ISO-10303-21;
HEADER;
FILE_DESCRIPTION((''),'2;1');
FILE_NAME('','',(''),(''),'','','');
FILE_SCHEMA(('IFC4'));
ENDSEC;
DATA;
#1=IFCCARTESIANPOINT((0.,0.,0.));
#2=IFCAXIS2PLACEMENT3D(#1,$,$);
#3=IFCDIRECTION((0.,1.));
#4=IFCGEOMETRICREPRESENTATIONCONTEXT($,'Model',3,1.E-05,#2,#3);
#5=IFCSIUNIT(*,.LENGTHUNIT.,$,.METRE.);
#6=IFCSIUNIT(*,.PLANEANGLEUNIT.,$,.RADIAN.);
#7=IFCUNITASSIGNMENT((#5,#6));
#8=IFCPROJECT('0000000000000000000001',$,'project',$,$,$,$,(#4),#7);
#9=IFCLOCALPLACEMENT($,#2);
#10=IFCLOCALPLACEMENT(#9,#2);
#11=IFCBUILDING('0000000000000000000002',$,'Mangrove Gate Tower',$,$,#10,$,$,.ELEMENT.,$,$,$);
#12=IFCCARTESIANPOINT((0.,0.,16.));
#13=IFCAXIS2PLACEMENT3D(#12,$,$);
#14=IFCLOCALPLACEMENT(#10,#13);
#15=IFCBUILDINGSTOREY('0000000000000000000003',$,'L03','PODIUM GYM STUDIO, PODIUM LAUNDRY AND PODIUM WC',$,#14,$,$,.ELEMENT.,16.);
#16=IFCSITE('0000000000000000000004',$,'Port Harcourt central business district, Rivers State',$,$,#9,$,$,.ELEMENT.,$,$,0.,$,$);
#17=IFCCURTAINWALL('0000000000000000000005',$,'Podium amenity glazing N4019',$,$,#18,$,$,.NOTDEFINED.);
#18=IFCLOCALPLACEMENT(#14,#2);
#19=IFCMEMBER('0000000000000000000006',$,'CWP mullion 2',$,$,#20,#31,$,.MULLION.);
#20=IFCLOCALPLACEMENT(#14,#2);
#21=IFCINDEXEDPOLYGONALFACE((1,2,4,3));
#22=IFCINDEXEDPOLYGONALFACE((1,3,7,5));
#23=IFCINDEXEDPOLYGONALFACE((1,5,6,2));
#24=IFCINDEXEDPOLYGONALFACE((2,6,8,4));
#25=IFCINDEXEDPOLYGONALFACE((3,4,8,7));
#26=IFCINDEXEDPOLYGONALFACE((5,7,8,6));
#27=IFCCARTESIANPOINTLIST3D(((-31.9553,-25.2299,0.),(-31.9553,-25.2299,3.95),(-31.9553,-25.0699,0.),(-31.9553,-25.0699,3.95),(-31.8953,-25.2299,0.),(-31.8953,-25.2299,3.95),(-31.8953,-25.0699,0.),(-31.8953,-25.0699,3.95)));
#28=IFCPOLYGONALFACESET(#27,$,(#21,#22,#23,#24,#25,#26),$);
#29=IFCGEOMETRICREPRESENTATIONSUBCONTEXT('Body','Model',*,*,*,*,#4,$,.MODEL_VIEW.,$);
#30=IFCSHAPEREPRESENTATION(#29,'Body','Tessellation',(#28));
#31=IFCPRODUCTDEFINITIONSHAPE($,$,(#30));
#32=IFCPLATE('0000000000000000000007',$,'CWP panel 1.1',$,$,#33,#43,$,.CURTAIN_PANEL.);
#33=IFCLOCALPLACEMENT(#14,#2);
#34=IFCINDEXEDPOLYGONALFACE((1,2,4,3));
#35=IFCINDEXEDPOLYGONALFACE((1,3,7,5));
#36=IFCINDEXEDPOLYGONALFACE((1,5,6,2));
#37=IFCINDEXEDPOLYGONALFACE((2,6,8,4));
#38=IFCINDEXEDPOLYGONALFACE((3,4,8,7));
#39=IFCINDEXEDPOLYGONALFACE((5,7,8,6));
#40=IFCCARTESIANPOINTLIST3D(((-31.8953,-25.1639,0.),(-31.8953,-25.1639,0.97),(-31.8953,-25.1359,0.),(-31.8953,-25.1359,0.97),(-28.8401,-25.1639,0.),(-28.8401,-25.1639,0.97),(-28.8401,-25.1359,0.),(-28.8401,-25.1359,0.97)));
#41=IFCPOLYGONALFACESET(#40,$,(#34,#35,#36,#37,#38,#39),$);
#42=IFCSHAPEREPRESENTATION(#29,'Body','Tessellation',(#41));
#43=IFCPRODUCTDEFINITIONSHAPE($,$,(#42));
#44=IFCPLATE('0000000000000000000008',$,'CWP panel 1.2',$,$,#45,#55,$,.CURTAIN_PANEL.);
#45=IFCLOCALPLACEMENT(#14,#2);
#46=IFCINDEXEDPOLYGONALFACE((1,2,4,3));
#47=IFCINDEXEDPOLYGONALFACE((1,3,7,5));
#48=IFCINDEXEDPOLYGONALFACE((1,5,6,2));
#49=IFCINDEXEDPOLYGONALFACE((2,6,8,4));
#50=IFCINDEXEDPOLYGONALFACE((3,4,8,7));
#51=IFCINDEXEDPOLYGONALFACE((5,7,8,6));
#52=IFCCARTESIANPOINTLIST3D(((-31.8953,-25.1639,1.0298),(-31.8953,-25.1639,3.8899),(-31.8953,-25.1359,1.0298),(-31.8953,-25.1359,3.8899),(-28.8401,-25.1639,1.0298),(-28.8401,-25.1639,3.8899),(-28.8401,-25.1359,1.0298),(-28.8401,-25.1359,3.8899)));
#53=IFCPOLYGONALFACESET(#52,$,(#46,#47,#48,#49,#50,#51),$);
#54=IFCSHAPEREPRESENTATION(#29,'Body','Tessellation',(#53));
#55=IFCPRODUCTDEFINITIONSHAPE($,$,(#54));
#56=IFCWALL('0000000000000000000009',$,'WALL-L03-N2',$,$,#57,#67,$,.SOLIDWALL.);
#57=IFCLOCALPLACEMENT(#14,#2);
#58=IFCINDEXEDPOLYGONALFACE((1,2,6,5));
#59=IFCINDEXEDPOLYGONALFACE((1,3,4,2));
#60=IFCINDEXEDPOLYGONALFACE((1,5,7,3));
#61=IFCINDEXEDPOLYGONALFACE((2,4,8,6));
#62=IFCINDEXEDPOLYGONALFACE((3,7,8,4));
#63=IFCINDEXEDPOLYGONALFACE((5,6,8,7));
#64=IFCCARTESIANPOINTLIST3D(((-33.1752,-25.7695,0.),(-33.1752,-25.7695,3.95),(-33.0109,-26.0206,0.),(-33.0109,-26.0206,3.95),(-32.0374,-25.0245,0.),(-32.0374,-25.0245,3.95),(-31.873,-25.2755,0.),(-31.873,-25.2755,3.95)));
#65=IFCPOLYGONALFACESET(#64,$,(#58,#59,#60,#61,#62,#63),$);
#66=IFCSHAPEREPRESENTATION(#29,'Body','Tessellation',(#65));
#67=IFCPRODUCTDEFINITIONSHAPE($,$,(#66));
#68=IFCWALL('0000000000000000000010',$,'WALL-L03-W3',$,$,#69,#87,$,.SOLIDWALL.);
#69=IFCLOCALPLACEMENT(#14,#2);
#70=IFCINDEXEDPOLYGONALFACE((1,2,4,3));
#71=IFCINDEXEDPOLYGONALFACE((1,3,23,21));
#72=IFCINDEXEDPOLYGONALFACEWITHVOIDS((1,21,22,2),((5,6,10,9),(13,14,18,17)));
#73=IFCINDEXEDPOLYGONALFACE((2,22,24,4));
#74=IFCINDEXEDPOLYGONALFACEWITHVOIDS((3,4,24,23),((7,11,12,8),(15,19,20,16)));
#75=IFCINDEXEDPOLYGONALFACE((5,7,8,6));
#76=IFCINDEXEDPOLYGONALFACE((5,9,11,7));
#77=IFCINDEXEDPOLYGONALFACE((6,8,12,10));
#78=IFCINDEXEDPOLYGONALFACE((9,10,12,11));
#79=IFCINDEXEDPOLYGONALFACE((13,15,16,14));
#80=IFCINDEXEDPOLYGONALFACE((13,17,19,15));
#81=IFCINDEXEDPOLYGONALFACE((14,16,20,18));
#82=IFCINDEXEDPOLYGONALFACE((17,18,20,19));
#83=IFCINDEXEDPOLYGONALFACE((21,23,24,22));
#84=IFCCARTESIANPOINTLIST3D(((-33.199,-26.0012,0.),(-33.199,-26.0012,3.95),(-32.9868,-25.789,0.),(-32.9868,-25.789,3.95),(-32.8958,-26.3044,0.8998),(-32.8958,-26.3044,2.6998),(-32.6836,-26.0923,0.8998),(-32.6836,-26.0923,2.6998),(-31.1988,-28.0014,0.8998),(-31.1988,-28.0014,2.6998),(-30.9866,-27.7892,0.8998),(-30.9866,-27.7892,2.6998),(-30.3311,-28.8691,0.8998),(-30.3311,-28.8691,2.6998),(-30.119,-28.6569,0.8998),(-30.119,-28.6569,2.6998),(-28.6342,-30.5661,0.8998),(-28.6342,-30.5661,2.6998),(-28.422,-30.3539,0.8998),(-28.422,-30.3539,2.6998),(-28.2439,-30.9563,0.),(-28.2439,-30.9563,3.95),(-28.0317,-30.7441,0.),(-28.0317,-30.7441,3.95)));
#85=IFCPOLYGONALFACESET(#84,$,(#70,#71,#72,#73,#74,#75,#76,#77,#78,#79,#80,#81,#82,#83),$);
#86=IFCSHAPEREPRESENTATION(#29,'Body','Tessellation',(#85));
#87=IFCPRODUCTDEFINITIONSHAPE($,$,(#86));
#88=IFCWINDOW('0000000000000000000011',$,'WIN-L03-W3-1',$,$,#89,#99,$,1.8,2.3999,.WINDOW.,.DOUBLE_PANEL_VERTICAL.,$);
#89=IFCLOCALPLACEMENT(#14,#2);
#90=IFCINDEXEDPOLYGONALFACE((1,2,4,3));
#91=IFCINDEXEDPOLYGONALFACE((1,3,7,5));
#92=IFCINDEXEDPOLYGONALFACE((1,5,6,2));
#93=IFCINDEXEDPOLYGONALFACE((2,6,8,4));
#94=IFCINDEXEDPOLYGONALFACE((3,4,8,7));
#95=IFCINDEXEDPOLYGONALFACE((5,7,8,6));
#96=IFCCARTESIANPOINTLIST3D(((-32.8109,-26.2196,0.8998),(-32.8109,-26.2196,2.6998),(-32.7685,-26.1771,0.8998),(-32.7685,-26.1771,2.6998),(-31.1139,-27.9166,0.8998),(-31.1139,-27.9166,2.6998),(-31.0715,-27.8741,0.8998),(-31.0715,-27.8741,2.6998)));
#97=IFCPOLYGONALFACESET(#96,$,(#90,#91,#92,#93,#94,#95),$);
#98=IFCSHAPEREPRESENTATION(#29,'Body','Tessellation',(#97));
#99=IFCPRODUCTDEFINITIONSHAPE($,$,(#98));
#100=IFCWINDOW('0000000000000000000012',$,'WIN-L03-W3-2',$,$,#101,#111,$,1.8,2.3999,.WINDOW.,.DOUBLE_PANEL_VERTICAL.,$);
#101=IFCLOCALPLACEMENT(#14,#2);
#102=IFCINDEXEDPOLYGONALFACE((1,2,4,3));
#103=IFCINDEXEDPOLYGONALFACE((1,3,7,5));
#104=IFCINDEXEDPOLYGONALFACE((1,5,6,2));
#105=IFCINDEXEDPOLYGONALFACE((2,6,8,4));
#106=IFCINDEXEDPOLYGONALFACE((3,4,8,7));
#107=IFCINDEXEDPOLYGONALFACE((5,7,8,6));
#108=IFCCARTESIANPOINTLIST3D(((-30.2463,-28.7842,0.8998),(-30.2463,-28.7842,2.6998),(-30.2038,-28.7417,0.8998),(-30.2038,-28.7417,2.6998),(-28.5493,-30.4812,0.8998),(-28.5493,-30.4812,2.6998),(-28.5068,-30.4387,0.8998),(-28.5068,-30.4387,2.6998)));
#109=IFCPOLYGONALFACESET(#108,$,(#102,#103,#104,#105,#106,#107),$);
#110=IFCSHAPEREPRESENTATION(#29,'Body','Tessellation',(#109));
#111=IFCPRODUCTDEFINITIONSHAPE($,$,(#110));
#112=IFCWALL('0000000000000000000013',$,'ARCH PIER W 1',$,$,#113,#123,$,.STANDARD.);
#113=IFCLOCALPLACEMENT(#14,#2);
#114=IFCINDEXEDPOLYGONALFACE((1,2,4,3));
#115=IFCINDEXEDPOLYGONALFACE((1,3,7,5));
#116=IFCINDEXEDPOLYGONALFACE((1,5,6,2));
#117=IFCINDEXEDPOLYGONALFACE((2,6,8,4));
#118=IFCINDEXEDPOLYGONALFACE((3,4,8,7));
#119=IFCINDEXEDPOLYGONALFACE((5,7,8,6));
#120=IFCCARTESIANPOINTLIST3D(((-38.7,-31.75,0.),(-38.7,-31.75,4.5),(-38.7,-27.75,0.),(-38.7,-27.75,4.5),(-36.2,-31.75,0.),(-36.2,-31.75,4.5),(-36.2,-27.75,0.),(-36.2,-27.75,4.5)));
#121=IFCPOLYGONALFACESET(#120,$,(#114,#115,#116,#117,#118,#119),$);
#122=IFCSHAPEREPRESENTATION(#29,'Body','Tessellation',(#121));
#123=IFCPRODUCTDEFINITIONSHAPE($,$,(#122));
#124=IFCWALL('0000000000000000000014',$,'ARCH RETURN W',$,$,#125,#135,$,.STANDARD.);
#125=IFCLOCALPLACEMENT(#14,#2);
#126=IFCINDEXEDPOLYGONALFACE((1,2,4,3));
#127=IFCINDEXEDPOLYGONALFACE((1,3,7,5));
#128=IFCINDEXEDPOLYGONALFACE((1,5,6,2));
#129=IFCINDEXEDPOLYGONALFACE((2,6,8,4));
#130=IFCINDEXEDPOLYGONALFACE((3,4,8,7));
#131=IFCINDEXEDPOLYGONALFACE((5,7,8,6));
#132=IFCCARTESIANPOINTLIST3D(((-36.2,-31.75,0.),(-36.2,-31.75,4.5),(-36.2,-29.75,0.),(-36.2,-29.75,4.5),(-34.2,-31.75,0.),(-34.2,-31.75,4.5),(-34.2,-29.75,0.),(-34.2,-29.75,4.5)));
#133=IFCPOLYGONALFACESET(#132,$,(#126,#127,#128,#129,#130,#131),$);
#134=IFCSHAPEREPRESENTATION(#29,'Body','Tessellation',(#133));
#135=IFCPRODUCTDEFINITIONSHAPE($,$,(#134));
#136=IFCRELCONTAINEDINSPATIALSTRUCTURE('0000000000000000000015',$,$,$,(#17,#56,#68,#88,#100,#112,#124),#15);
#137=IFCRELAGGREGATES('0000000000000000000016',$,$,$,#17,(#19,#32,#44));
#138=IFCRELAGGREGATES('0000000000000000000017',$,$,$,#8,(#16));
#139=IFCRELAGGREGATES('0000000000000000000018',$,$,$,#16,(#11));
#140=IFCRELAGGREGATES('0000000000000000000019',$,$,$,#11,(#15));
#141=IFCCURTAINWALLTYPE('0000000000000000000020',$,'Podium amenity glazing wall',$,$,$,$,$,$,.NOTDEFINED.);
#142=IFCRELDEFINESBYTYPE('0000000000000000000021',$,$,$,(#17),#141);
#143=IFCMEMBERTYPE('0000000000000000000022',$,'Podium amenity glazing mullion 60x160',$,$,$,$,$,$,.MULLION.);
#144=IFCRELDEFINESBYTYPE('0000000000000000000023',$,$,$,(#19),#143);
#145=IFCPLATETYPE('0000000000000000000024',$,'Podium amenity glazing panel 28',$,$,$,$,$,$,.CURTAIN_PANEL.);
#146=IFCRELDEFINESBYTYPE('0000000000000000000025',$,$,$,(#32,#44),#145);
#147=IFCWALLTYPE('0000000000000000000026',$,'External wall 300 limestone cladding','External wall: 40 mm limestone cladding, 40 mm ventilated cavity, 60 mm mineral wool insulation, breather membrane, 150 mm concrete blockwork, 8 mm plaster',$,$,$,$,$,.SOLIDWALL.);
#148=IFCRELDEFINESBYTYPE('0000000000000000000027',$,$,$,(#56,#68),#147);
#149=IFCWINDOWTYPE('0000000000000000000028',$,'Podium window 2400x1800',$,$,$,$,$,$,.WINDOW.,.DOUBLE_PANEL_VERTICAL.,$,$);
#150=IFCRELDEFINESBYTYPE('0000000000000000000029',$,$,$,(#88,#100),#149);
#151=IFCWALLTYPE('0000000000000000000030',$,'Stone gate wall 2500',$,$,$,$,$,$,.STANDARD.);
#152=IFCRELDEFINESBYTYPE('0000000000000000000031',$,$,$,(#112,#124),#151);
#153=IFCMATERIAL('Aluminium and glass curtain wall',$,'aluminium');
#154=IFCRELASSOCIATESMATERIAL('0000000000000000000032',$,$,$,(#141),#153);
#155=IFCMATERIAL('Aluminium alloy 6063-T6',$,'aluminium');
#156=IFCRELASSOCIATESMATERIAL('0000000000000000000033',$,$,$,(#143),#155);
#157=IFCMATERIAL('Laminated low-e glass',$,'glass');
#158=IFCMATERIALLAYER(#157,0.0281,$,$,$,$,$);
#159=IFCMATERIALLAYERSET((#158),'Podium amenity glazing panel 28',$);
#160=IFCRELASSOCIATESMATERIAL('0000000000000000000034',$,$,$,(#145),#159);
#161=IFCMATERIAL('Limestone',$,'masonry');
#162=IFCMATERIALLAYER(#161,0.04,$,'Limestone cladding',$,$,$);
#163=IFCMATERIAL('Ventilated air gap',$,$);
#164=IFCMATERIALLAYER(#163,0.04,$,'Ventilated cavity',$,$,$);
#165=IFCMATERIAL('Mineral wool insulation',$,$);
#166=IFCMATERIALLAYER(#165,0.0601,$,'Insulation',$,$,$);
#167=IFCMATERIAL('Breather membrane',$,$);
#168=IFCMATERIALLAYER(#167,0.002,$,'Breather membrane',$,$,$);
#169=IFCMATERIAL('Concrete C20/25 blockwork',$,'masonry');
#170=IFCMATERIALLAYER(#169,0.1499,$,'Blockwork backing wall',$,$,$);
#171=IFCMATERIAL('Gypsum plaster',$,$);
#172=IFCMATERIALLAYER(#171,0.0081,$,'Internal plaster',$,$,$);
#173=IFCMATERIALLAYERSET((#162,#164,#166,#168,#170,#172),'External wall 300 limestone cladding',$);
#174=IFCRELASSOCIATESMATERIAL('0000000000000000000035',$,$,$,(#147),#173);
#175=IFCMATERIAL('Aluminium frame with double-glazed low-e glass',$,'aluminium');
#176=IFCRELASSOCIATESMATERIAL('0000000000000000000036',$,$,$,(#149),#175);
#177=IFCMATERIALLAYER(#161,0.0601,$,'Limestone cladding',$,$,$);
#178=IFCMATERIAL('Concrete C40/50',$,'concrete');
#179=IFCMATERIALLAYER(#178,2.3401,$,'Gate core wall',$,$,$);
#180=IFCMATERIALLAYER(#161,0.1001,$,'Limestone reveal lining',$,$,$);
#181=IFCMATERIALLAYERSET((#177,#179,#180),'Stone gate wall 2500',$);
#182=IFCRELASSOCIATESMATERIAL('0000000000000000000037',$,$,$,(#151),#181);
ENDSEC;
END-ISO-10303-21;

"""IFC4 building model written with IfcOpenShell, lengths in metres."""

from ifc_helpers import new_model, si_unit, direction, frame, frame_2d, origin, origin_2d, place, context, subcontext, project, spatial, rectangle, extrude, material, layer, layer_set, material_profile, profile_set, type_object, element, fill, aggregate, save


model = new_model("IFC4")

# Units and contexts
model_context = context("Model", 3, precision=1e-05, world=origin(), true_north=direction((0.0, 1.0)))
body_context = subcontext(model_context, "Body", "Model", "MODEL_VIEW")
ifc_project = project(units=[si_unit("LENGTHUNIT", "METRE"), si_unit("PLANEANGLEUNIT", "RADIAN")], contexts=[model_context])

# Site, building, storey
site_placement = place(None, origin())
site = spatial("IfcSite", under=ifc_project, at=site_placement, Name="Port Harcourt central business district, Rivers State", CompositionType="ELEMENT", RefElevation=0.0)
building_placement = place(site_placement, origin())
building = spatial("IfcBuilding", under=site, at=building_placement, Name="Mangrove Gate Tower", CompositionType="ELEMENT")
storey_placement = place(building_placement, frame((0.0, 0.0, 16.0)))
storey = spatial("IfcBuildingStorey", under=building, at=storey_placement, Name="L03", Description="PODIUM GYM STUDIO, PODIUM LAUNDRY AND PODIUM WC", CompositionType="ELEMENT", Elevation=16.0)

# Curtain wall, member
ifc_material_1 = material(Name="Aluminium and glass curtain wall", Category="aluminium")
curtain_wall_type = type_object("IfcCurtainWallType", Name="Podium amenity glazing wall", PredefinedType="NOTDEFINED", material=ifc_material_1)
curtain_wall_placement = place(storey_placement, origin())
curtain_wall = element("IfcCurtainWall", 1, at=curtain_wall_placement, inside=storey, type_object=curtain_wall_type, Name="Podium amenity glazing N4019", PredefinedType="NOTDEFINED")
ifc_material_2 = material(Name="Aluminium alloy 6063-T6", Category="aluminium")
ifc_material_profile = material_profile(ifc_material_2, rectangle(XDim=0.0601, YDim=0.1599, at=origin_2d()))
ifc_profile_set = profile_set([ifc_material_profile], Name="Aluminium alloy 6063-T6")
member_type = type_object("IfcMemberType", Name="Podium amenity glazing mullion 60x160", PredefinedType="MULLION", material=ifc_profile_set)
member_placement = place(storey_placement, frame((-31.9253, -25.1499, 0.0), z_axis=(0.0, 0.0, 1.0), x_axis=(-1.0, 0.0, 0.0)))
member = element("IfcMember", 2, at=member_placement, type_object=member_type, Name="CWP mullion 2", PredefinedType="MULLION", context=body_context, shape_type="SweptSolid", body=[
    extrude(rectangle(XDim=0.0601, YDim=0.1599, at=origin_2d()), origin(), (0.0, 0.0, 1.0), 3.95),
])

# Plates
ifc_material_3 = material(Name="Laminated low-e glass", Category="glass")
ifc_layer_1 = layer(ifc_material_3, 0.0281)
ifc_layer_set_1 = layer_set([ifc_layer_1], Name="Podium amenity glazing panel 28")
plate_type_1 = type_object("IfcPlateType", Name="Podium amenity glazing panel 28", PredefinedType="CURTAIN_PANEL", material=ifc_layer_set_1)
plate_1_placement = place(storey_placement, frame((-30.3677, -25.1499, 0.0), z_axis=(0.0, 0.0, 1.0), x_axis=(-1.0, 0.0, 0.0)))
plate_1 = element("IfcPlate", 3, at=plate_1_placement, type_object=plate_type_1, Name="CWP panel 1.1", PredefinedType="CURTAIN_PANEL", context=body_context, shape_type="SweptSolid", body=[
    extrude(rectangle(XDim=3.0552, YDim=0.0281, at=origin_2d()), origin(), (0.0, 0.0, 1.0), 0.97),
])
plate_2_placement = place(storey_placement, frame((-30.3677, -25.1499, 1.0298), z_axis=(0.0, 0.0, 1.0), x_axis=(-1.0, 0.0, 0.0)))
plate_2 = element("IfcPlate", 4, at=plate_2_placement, type_object=plate_type_1, Name="CWP panel 1.2", PredefinedType="CURTAIN_PANEL", context=body_context, shape_type="SweptSolid", body=[
    extrude(rectangle(XDim=3.0552, YDim=0.0281, at=origin_2d()), origin(), (0.0, 0.0, 1.0), 2.8601),
])
aggregate(curtain_wall, [member, plate_1, plate_2])

# Wall
ifc_material_4 = material(Name="Limestone", Category="masonry")
ifc_layer_2 = layer(ifc_material_4, 0.04, Name="Limestone cladding")
ifc_material_5 = material(Name="Ventilated air gap")
ifc_layer_3 = layer(ifc_material_5, 0.04, Name="Ventilated cavity")
ifc_material_6 = material(Name="Mineral wool insulation")
ifc_layer_4 = layer(ifc_material_6, 0.0601, Name="Insulation")
ifc_material_7 = material(Name="Breather membrane")
ifc_layer_5 = layer(ifc_material_7, 0.002, Name="Breather membrane")
ifc_material_8 = material(Name="Concrete C20/25 blockwork", Category="masonry")
ifc_layer_6 = layer(ifc_material_8, 0.1499, Name="Blockwork backing wall")
ifc_material_9 = material(Name="Gypsum plaster")
ifc_layer_7 = layer(ifc_material_9, 0.0081, Name="Internal plaster")
ifc_layer_set_2 = layer_set([ifc_layer_2, ifc_layer_3, ifc_layer_4, ifc_layer_5, ifc_layer_6, ifc_layer_7], Name="External wall 300 limestone cladding")
wall_type_1 = type_object("IfcWallType", Name="External wall 300 limestone cladding", Description="External wall: 40 mm limestone cladding, 40 mm ventilated cavity, 60 mm mineral wool insulation, breather membrane, 150 mm concrete blockwork, 8 mm plaster", PredefinedType="SOLIDWALL", material=ifc_layer_set_2)
wall_1_placement = place(storey_placement, frame((-31.9551, -25.1499, 0.0), z_axis=(0.0, 0.0, 1.0), x_axis=(-0.836606, -0.547805, 0.0)))
element("IfcWall", 5, at=wall_1_placement, inside=storey, type_object=wall_type_1, Name="WALL-L03-N2", PredefinedType="SOLIDWALL", context=body_context, shape_type="SweptSolid", body=[
    extrude(rectangle(XDim=1.3601, YDim=0.3, at=frame_2d((0.6802, 0.0))), origin(), (0.0, 0.0, 1.0), 3.95),
])

# Wall, openings, windows
wall_2_placement = place(storey_placement, frame((-33.093, -25.895, 0.0), z_axis=(0.0, 0.0, 1.0), x_axis=(0.707107, -0.707107, 0.0)))
wall_2 = element("IfcWall", 6, at=wall_2_placement, inside=storey, type_object=wall_type_1, Name="WALL-L03-W3", PredefinedType="SOLIDWALL", context=body_context, shape_type="SweptSolid", body=[
    extrude(rectangle(XDim=7.0076, YDim=0.3, at=frame_2d((3.5039, 0.0))), origin(), (0.0, 0.0, 1.0), 3.95),
])
opening_1_placement = place(wall_2_placement, frame((0.429, 0.0, 0.8999)))
opening_1 = element("IfcOpeningElement", 7, at=opening_1_placement, cuts=wall_2, PredefinedType="OPENING", context=body_context, shape_type="SweptSolid", body=[
    extrude(rectangle(XDim=2.3999, YDim=1.8, at=frame_2d((1.2, 0.8999))), frame((0.0, 0.1599, 0.0), z_axis=(0.0, -1.0, 0.0), x_axis=(1.0, 0.0, 0.0)), (0.0, 0.0, 1.0), 0.3201),
])
opening_2_placement = place(wall_2_placement, frame((4.0559, 0.0, 0.8999)))
opening_2 = element("IfcOpeningElement", 8, at=opening_2_placement, cuts=wall_2, PredefinedType="OPENING", context=body_context, shape_type="SweptSolid", body=[
    extrude(rectangle(XDim=2.3999, YDim=1.8, at=frame_2d((1.2, 0.8999))), frame((0.0, 0.1599, 0.0), z_axis=(0.0, -1.0, 0.0), x_axis=(1.0, 0.0, 0.0)), (0.0, 0.0, 1.0), 0.3201),
])
ifc_material_10 = material(Name="Aluminium frame with double-glazed low-e glass", Category="aluminium")
window_type = type_object("IfcWindowType", Name="Podium window 2400x1800", PartitioningType="DOUBLE_PANEL_VERTICAL", PredefinedType="WINDOW", material=ifc_material_10)
window_1_placement = place(opening_1_placement, origin())
window_1 = element("IfcWindow", 9, at=window_1_placement, inside=storey, type_object=window_type, Name="WIN-L03-W3-1", OverallHeight=1.8, OverallWidth=2.3999, PartitioningType="DOUBLE_PANEL_VERTICAL", PredefinedType="WINDOW", context=body_context, shape_type="SweptSolid", body=[
    extrude(rectangle(XDim=2.3999, YDim=1.8, at=frame_2d((1.2, 0.8999))), frame((0.0, 0.03, 0.0), z_axis=(0.0, -1.0, 0.0), x_axis=(1.0, 0.0, 0.0)), (0.0, 0.0, 1.0), 0.0601),
])
fill(opening_1, window_1)
window_2_placement = place(opening_2_placement, origin())
window_2 = element("IfcWindow", 10, at=window_2_placement, inside=storey, type_object=window_type, Name="WIN-L03-W3-2", OverallHeight=1.8, OverallWidth=2.3999, PartitioningType="DOUBLE_PANEL_VERTICAL", PredefinedType="WINDOW", context=body_context, shape_type="SweptSolid", body=[
    extrude(rectangle(XDim=2.3999, YDim=1.8, at=frame_2d((1.2, 0.8999))), frame((0.0, 0.03, 0.0), z_axis=(0.0, -1.0, 0.0), x_axis=(1.0, 0.0, 0.0)), (0.0, 0.0, 1.0), 0.0601),
])
fill(opening_2, window_2)

# Walls
ifc_layer_8 = layer(ifc_material_4, 0.0601, Name="Limestone cladding")
ifc_material_11 = material(Name="Concrete C40/50", Category="concrete")
ifc_layer_9 = layer(ifc_material_11, 2.3401, Name="Gate core wall")
ifc_layer_10 = layer(ifc_material_4, 0.1001, Name="Limestone reveal lining")
ifc_layer_set_3 = layer_set([ifc_layer_8, ifc_layer_9, ifc_layer_10], Name="Stone gate wall 2500")
wall_type_2 = type_object("IfcWallType", Name="Stone gate wall 2500", PredefinedType="STANDARD", material=ifc_layer_set_3)
wall_3_placement = place(storey_placement, frame((-37.45, -31.75, 0.0), z_axis=(0.0, 0.0, 1.0), x_axis=(0.0, 1.0, 0.0)))
element("IfcWall", 11, at=wall_3_placement, inside=storey, type_object=wall_type_2, Name="ARCH PIER W 1", PredefinedType="STANDARD", context=body_context, shape_type="SweptSolid", body=[
    extrude(rectangle(XDim=4.0, YDim=2.5, at=frame_2d((2.0, 0.0))), origin(), (0.0, 0.0, 1.0), 4.5),
])
wall_4_placement = place(storey_placement, frame((-34.2, -30.75, 0.0), z_axis=(0.0, 0.0, 1.0), x_axis=(-1.0, 0.0, 0.0)))
element("IfcWall", 12, at=wall_4_placement, inside=storey, type_object=wall_type_2, Name="ARCH RETURN W", PredefinedType="STANDARD", context=body_context, shape_type="SweptSolid", body=[
    extrude(rectangle(XDim=2.0, YDim=2.0, at=frame_2d((1.0, 0.0))), origin(), (0.0, 0.0, 1.0), 4.5),
])

save(model, "model.ifc")
